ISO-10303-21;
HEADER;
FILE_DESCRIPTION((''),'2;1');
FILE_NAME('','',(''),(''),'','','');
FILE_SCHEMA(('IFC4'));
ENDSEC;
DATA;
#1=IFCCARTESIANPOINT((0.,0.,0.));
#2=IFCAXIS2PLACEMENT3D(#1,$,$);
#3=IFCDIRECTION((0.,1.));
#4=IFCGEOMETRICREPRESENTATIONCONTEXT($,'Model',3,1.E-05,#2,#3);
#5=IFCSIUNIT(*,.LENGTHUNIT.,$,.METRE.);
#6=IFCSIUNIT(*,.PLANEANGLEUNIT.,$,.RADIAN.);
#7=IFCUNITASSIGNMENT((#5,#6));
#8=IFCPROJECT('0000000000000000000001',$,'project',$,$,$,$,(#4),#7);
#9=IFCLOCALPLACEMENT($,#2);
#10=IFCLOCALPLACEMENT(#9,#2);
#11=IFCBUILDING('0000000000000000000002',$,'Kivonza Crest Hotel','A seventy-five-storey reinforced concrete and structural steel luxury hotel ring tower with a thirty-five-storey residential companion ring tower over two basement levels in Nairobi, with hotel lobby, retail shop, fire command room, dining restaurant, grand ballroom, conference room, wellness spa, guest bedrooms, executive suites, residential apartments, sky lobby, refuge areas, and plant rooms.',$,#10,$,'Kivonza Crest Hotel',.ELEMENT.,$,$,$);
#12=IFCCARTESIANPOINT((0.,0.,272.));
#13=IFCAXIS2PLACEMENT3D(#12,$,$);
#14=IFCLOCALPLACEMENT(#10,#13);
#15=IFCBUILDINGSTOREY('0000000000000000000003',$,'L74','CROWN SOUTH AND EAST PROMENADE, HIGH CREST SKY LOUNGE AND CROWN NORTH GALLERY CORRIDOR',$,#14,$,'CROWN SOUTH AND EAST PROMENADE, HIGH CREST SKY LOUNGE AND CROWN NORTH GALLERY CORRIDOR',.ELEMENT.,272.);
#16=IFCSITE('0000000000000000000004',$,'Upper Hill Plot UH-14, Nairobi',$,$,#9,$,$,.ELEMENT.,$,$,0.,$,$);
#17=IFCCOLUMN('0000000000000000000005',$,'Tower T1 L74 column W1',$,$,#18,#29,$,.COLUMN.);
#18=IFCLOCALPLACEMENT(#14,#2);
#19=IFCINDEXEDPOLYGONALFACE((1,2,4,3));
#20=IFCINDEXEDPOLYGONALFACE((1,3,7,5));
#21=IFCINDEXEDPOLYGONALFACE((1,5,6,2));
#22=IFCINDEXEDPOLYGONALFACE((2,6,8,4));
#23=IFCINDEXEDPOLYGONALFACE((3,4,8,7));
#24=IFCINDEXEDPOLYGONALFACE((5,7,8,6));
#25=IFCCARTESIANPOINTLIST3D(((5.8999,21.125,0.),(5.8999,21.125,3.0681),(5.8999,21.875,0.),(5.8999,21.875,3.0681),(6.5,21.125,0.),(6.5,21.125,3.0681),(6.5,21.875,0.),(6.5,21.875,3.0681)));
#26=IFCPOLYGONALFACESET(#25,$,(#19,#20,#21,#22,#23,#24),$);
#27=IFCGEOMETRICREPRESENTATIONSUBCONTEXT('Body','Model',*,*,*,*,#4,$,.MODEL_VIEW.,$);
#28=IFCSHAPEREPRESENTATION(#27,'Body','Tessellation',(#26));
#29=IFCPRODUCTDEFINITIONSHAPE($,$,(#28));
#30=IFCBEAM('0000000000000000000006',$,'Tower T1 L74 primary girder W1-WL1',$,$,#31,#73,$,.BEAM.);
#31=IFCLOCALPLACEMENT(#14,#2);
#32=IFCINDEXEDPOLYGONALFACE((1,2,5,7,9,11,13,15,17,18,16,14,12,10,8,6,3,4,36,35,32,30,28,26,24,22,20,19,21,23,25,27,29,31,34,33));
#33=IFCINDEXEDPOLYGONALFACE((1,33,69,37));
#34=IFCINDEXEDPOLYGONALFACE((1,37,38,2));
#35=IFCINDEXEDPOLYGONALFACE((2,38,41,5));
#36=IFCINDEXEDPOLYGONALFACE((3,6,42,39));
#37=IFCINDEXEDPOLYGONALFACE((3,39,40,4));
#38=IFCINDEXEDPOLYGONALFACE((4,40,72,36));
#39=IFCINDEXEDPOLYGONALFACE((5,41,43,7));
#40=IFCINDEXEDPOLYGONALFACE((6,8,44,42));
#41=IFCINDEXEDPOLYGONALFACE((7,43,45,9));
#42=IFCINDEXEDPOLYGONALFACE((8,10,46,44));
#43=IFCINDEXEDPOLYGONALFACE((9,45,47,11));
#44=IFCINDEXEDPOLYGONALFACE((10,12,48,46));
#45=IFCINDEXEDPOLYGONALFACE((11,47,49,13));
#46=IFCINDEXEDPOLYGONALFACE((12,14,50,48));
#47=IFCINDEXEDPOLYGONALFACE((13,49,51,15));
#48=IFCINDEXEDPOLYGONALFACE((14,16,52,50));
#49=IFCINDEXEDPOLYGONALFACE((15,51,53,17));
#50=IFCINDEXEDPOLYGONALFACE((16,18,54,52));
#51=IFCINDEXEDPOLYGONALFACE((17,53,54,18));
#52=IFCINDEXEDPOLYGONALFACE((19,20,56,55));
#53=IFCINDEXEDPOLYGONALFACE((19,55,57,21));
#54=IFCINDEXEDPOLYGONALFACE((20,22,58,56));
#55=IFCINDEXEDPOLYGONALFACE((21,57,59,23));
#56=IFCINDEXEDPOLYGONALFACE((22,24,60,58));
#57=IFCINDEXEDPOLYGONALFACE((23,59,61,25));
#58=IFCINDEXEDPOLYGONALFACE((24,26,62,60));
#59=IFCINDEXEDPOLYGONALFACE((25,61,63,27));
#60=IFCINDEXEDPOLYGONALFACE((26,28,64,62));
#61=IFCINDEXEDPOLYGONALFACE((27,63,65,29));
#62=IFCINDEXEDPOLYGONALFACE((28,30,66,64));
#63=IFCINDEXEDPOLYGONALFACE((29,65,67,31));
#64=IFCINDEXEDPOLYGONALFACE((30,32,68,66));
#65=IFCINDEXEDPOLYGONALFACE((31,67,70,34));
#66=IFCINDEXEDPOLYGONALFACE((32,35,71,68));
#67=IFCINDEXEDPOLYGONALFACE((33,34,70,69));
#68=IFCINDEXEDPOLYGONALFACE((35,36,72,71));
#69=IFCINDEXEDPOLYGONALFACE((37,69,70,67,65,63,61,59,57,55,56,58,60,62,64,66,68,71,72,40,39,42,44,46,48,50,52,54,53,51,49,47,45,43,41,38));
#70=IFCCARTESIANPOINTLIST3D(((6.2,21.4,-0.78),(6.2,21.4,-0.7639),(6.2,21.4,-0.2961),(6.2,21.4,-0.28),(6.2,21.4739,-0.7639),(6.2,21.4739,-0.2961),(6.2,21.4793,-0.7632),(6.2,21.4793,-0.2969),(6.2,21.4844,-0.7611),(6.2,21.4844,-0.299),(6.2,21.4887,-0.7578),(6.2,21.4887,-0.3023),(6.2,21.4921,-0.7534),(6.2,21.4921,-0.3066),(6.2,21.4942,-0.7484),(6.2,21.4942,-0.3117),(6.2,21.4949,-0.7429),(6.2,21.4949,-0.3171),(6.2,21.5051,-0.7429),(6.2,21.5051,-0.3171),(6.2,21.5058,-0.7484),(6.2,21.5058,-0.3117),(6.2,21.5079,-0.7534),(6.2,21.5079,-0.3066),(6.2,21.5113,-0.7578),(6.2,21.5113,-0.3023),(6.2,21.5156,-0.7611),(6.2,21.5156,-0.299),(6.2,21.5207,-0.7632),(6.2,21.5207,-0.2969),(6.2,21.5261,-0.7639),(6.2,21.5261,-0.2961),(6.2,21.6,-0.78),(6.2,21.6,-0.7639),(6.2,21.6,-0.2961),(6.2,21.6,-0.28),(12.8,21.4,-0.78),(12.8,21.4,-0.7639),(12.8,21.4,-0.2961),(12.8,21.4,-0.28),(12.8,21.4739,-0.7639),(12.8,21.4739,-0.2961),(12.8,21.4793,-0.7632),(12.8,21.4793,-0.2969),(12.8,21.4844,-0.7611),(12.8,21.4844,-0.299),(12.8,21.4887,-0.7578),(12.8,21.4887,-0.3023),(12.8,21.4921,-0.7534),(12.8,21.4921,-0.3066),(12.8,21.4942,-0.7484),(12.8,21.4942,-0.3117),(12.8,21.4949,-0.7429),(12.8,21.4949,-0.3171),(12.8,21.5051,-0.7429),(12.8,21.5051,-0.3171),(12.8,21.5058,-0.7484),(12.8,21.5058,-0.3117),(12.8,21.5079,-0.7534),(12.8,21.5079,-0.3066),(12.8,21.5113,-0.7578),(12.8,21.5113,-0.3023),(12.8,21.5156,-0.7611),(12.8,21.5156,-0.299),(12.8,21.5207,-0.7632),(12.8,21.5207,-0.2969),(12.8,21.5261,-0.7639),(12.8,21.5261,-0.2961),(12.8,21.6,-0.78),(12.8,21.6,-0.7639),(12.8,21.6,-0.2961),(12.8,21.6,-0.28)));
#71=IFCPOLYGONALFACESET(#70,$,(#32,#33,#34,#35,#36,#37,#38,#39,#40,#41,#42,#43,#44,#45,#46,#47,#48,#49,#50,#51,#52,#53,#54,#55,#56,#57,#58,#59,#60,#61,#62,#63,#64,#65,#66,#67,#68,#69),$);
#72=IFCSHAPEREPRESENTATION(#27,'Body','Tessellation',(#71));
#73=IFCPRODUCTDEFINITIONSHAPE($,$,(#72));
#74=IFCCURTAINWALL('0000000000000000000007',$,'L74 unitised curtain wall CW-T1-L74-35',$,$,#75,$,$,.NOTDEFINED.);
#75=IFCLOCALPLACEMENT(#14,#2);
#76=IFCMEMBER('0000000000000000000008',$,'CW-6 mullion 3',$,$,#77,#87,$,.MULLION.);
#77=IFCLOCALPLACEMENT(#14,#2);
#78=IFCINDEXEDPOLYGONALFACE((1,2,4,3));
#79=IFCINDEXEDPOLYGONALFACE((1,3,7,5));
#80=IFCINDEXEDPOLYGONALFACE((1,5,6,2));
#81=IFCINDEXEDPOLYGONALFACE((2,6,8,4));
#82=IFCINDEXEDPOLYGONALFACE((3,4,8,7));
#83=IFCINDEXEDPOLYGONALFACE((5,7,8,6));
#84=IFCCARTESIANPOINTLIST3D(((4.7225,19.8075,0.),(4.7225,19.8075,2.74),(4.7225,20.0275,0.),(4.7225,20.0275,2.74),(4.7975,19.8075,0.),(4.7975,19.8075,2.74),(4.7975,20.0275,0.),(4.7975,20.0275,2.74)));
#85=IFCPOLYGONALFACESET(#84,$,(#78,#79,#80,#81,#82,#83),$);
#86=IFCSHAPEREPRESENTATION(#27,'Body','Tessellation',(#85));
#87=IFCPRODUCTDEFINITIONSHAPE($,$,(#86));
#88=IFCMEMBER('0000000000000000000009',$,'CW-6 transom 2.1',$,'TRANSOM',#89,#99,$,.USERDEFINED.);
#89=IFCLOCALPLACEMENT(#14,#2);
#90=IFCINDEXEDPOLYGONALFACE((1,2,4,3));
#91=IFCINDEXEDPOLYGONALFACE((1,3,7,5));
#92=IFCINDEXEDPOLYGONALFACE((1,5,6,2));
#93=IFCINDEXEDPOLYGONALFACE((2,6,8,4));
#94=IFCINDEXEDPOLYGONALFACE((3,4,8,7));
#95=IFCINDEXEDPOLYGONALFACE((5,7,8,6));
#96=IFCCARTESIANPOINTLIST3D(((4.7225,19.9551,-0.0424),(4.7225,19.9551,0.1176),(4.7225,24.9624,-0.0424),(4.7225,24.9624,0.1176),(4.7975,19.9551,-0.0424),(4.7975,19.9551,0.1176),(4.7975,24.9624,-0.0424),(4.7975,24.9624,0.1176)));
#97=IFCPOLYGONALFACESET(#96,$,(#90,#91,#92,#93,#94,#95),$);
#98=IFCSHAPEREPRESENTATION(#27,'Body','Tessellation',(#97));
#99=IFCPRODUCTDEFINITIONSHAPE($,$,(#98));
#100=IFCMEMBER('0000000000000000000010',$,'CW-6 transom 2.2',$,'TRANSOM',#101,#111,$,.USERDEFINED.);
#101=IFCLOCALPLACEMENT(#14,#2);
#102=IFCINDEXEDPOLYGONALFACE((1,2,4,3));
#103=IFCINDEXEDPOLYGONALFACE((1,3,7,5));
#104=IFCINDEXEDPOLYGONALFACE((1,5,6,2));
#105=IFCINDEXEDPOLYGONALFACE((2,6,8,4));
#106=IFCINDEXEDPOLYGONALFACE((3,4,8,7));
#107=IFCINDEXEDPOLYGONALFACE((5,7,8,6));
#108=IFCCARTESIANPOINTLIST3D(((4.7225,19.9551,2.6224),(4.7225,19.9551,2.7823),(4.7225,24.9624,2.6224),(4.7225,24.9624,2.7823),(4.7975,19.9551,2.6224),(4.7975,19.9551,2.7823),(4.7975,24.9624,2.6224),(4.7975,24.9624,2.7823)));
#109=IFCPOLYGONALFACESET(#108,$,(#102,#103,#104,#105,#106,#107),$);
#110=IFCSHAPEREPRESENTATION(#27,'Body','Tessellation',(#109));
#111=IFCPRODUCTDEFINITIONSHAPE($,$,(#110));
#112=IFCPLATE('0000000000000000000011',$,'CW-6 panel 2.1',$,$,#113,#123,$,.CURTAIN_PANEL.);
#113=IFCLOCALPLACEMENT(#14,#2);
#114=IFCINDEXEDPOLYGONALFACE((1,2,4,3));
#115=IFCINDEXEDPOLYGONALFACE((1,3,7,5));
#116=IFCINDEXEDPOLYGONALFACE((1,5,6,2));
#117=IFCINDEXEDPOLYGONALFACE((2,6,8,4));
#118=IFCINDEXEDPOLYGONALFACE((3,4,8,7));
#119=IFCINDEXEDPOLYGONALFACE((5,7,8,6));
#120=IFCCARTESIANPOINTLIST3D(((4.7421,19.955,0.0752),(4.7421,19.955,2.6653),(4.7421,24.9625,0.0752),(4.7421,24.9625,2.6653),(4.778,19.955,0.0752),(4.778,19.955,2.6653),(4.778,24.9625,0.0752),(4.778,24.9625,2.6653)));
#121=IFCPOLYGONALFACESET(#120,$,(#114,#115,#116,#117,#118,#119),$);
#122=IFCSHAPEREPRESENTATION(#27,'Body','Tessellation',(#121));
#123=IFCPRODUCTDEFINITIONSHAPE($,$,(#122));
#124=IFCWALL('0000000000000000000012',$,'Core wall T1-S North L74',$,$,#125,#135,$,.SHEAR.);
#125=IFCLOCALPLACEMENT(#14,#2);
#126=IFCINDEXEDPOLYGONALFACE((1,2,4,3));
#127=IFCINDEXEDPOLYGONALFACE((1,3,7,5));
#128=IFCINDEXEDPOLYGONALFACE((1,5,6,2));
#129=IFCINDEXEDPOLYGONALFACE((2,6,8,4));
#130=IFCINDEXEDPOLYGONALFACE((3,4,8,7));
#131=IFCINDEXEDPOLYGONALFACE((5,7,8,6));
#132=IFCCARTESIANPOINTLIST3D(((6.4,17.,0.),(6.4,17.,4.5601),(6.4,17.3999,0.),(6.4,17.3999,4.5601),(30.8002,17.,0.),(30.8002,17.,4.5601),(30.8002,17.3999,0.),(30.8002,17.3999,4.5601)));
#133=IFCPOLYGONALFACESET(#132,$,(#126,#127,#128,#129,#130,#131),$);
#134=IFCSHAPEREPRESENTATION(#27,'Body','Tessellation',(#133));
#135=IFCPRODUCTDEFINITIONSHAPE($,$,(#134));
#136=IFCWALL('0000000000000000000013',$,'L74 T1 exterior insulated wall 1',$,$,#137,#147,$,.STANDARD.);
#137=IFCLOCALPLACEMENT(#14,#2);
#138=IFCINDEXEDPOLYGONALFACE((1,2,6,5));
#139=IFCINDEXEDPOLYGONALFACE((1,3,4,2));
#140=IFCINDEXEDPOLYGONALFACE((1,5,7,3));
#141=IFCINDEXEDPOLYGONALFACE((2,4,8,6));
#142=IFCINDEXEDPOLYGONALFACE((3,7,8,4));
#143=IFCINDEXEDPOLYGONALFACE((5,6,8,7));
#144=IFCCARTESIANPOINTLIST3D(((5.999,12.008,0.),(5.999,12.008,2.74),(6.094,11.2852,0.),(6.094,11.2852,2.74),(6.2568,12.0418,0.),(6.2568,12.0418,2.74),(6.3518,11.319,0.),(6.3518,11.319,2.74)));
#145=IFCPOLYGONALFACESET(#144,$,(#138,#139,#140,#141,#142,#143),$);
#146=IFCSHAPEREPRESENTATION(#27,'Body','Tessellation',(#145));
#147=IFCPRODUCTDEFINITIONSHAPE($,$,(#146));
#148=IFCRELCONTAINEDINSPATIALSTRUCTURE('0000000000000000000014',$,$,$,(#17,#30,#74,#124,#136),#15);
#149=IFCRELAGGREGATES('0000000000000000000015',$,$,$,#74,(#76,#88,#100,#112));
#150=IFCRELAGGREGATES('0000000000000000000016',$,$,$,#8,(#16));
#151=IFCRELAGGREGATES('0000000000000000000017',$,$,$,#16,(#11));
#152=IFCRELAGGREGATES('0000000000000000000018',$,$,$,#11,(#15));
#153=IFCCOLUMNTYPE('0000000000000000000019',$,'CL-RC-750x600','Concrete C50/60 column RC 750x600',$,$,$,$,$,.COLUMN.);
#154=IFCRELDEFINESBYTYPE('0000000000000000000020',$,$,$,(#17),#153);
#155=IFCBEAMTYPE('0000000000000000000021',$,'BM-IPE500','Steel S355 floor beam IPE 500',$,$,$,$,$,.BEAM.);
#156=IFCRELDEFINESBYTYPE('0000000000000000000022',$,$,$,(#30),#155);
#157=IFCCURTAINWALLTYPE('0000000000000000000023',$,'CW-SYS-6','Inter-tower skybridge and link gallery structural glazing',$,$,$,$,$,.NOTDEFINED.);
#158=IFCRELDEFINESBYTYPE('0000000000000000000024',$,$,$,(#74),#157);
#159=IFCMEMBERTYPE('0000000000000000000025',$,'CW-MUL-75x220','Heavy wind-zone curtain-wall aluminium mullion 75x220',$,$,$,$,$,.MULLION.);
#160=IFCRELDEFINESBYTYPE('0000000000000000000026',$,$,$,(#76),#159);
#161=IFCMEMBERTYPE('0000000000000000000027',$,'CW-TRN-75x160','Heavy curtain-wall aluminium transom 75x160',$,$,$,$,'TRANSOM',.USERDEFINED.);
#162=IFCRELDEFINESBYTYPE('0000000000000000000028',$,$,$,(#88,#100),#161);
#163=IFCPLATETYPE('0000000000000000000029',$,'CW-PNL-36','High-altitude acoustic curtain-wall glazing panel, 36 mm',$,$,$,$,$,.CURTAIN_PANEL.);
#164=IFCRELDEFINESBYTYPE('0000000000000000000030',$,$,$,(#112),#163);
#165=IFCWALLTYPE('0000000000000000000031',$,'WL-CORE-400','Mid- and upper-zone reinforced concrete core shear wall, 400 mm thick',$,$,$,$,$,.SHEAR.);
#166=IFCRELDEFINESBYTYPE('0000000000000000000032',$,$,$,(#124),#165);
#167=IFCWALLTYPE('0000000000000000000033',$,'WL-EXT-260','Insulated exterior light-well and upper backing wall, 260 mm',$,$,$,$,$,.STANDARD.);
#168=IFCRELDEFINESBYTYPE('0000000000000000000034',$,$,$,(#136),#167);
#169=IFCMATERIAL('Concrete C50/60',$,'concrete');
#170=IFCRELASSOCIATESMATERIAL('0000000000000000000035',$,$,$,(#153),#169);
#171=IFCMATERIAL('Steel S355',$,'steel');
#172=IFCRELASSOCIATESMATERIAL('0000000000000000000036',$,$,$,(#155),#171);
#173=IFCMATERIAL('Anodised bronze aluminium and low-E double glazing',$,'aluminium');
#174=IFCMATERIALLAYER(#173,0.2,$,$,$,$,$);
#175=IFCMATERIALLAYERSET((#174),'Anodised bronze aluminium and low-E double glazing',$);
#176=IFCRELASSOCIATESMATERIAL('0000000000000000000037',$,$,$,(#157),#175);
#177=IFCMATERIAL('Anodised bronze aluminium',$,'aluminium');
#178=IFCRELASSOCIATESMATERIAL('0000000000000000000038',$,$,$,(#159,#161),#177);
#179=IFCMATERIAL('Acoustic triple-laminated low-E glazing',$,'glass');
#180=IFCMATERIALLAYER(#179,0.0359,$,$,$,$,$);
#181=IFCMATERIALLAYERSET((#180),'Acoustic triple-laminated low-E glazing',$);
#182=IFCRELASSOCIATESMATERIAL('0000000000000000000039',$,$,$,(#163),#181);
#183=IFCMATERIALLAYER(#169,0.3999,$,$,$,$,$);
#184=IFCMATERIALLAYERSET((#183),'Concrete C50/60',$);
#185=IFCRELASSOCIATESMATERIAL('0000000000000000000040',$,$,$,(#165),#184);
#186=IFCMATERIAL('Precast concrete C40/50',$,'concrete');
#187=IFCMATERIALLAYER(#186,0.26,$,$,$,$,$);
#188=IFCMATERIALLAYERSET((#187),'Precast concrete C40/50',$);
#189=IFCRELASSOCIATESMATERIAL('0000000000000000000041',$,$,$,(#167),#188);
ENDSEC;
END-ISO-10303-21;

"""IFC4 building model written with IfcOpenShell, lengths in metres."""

from ifc_helpers import new_model, si_unit, direction, frame, frame_2d, origin, origin_2d, place, context, subcontext, project, spatial, rectangle, i_section, extrude, material, layer, layer_set, material_profile, profile_set, type_object, element, aggregate, save


model = new_model("IFC4")

# Units and contexts
model_context = context("Model", 3, precision=1e-05, world=origin(), true_north=direction((0.0, 1.0)))
body_context = subcontext(model_context, "Body", "Model", "MODEL_VIEW")
ifc_project = project(units=[si_unit("LENGTHUNIT", "METRE"), si_unit("PLANEANGLEUNIT", "RADIAN")], contexts=[model_context])

# Site, building, storey
site_placement = place(None, origin())
site = spatial("IfcSite", under=ifc_project, at=site_placement, Name="Upper Hill Plot UH-14, Nairobi", CompositionType="ELEMENT", RefElevation=0.0)
building_placement = place(site_placement, origin())
building = spatial("IfcBuilding", under=site, at=building_placement, Name="Kivonza Crest Hotel", Description="A seventy-five-storey reinforced concrete and structural steel luxury hotel ring tower with a thirty-five-storey residential companion ring tower over two basement levels in Nairobi, with hotel lobby, retail shop, fire command room, dining restaurant, grand ballroom, conference room, wellness spa, guest bedrooms, executive suites, residential apartments, sky lobby, refuge areas, and plant rooms.", LongName="Kivonza Crest Hotel", CompositionType="ELEMENT")
storey_placement = place(building_placement, frame((0.0, 0.0, 272.0)))
storey = spatial("IfcBuildingStorey", under=building, at=storey_placement, Name="L74", Description="CROWN SOUTH AND EAST PROMENADE, HIGH CREST SKY LOUNGE AND CROWN NORTH GALLERY CORRIDOR", LongName="CROWN SOUTH AND EAST PROMENADE, HIGH CREST SKY LOUNGE AND CROWN NORTH GALLERY CORRIDOR", CompositionType="ELEMENT", Elevation=272.0)

# Column
ifc_material_1 = material(Name="Concrete C50/60", Category="concrete")
ifc_material_profile_1 = material_profile(ifc_material_1, rectangle(XDim=0.6001, YDim=0.75, at=origin_2d()), Name="RC 750x600")
ifc_profile_set_1 = profile_set([ifc_material_profile_1], Name="Concrete C50/60")
column_type = type_object("IfcColumnType", Name="CL-RC-750x600", Description="Concrete C50/60 column RC 750x600", PredefinedType="COLUMN", material=ifc_profile_set_1)
column_placement = place(storey_placement, frame((6.2, 21.5, 0.0), z_axis=(0.0, 0.0, 1.0), x_axis=(1.0, 0.0, 0.0)))
element("IfcColumn", 1, at=column_placement, inside=storey, type_object=column_type, Name="Tower T1 L74 column W1", PredefinedType="COLUMN", context=body_context, shape_type="SweptSolid", body=[
    extrude(rectangle(XDim=0.6001, YDim=0.75, at=origin_2d()), origin(), (0.0, 0.0, 1.0), 3.0681),
])

# Beam
ifc_material_2 = material(Name="Steel S355", Category="steel")
ifc_material_profile_2 = material_profile(ifc_material_2, i_section(OverallWidth=0.2, OverallDepth=0.5, WebThickness=0.0103, FlangeThickness=0.0161, FilletRadius=0.021, at=origin_2d()), Name="IPE 500")
ifc_profile_set_2 = profile_set([ifc_material_profile_2], Name="Steel S355")
beam_type = type_object("IfcBeamType", Name="BM-IPE500", Description="Steel S355 floor beam IPE 500", PredefinedType="BEAM", material=ifc_profile_set_2)
beam_placement = place(storey_placement, frame((6.2, 21.5, -0.53), z_axis=(1.0, 0.0, 0.0), x_axis=(0.0, 1.0, 0.0)))
element("IfcBeam", 2, at=beam_placement, inside=storey, type_object=beam_type, Name="Tower T1 L74 primary girder W1-WL1", PredefinedType="BEAM", context=body_context, shape_type="SweptSolid", body=[
    extrude(i_section(OverallWidth=0.2, OverallDepth=0.5, WebThickness=0.0103, FlangeThickness=0.0161, FilletRadius=0.021, at=origin_2d()), origin(), (0.0, 0.0, 1.0), 6.6001),
])

# Curtain wall, members, plate
ifc_material_3 = material(Name="Anodised bronze aluminium and low-E double glazing", Category="aluminium")
ifc_layer_1 = layer(ifc_material_3, 0.2)
ifc_layer_set_1 = layer_set([ifc_layer_1], Name="Anodised bronze aluminium and low-E double glazing")
curtain_wall_type = type_object("IfcCurtainWallType", Name="CW-SYS-6", Description="Inter-tower skybridge and link gallery structural glazing", PredefinedType="NOTDEFINED", material=ifc_layer_set_1)
curtain_wall_placement = place(storey_placement, origin())
curtain_wall = element("IfcCurtainWall", 3, at=curtain_wall_placement, inside=storey, type_object=curtain_wall_type, Name="L74 unitised curtain wall CW-T1-L74-35", PredefinedType="NOTDEFINED")
ifc_material_4 = material(Name="Anodised bronze aluminium", Category="aluminium")
ifc_material_profile_3 = material_profile(ifc_material_4, rectangle(XDim=0.075, YDim=0.22, at=origin_2d()), Name="CW-M 75x220")
ifc_profile_set_3 = profile_set([ifc_material_profile_3], Name="Anodised bronze aluminium")
member_type_1 = type_object("IfcMemberType", Name="CW-MUL-75x220", Description="Heavy wind-zone curtain-wall aluminium mullion 75x220", PredefinedType="MULLION", material=ifc_profile_set_3)
member_1_placement = place(storey_placement, frame((4.76, 19.9175, 0.0), z_axis=(0.0, 0.0, 1.0), x_axis=(1.0, 0.0, 0.0)))
member_1 = element("IfcMember", 4, at=member_1_placement, type_object=member_type_1, Name="CW-6 mullion 3", PredefinedType="MULLION", context=body_context, shape_type="SweptSolid", body=[
    extrude(rectangle(XDim=0.075, YDim=0.22, at=origin_2d()), origin(), (0.0, 0.0, 1.0), 2.74),
])
ifc_material_profile_4 = material_profile(ifc_material_4, rectangle(XDim=0.075, YDim=0.1599, at=origin_2d()), Name="CW-T 75x160")
ifc_profile_set_4 = profile_set([ifc_material_profile_4], Name="Anodised bronze aluminium")
member_type_2 = type_object("IfcMemberType", Name="CW-TRN-75x160", Description="Heavy curtain-wall aluminium transom 75x160", ElementType="TRANSOM", PredefinedType="USERDEFINED", material=ifc_profile_set_4)
member_2_placement = place(storey_placement, frame((4.76, 24.9624, 0.0376), z_axis=(0.0, -1.0, 0.0), x_axis=(1.0, 0.0, 0.0)))
member_2 = element("IfcMember", 5, at=member_2_placement, type_object=member_type_2, Name="CW-6 transom 2.1", ObjectType="TRANSOM", PredefinedType="USERDEFINED", context=body_context, shape_type="SweptSolid", body=[
    extrude(rectangle(XDim=0.075, YDim=0.1599, at=origin_2d()), origin(), (0.0, 0.0, 1.0), 5.0073),
])
member_3_placement = place(storey_placement, frame((4.76, 24.9624, 2.7024), z_axis=(0.0, -1.0, 0.0), x_axis=(1.0, 0.0, 0.0)))
member_3 = element("IfcMember", 6, at=member_3_placement, type_object=member_type_2, Name="CW-6 transom 2.2", ObjectType="TRANSOM", PredefinedType="USERDEFINED", context=body_context, shape_type="SweptSolid", body=[
    extrude(rectangle(XDim=0.075, YDim=0.1599, at=origin_2d()), origin(), (0.0, 0.0, 1.0), 5.0073),
])
ifc_material_5 = material(Name="Acoustic triple-laminated low-E glazing", Category="glass")
ifc_layer_2 = layer(ifc_material_5, 0.0359)
ifc_layer_set_2 = layer_set([ifc_layer_2], Name="Acoustic triple-laminated low-E glazing")
plate_type = type_object("IfcPlateType", Name="CW-PNL-36", Description="High-altitude acoustic curtain-wall glazing panel, 36 mm", PredefinedType="CURTAIN_PANEL", material=ifc_layer_set_2)
plate_placement = place(storey_placement, frame((4.76, 22.4587, 0.0752), z_axis=(0.0, 0.0, 1.0), x_axis=(0.0, -1.0, 0.0)))
plate = element("IfcPlate", 7, at=plate_placement, type_object=plate_type, Name="CW-6 panel 2.1", PredefinedType="CURTAIN_PANEL", context=body_context, shape_type="SweptSolid", body=[
    extrude(rectangle(XDim=5.0076, YDim=0.0359, at=origin_2d()), origin(), (0.0, 0.0, 1.0), 2.5901),
])
aggregate(curtain_wall, [member_1, member_2, member_3, plate])

# Shared definitions
ifc_layer_3 = layer(ifc_material_1, 0.3999)
ifc_layer_set_3 = layer_set([ifc_layer_3], Name="Concrete C50/60")
wall_type_1 = type_object("IfcWallType", Name="WL-CORE-400", Description="Mid- and upper-zone reinforced concrete core shear wall, 400 mm thick", PredefinedType="SHEAR", material=ifc_layer_set_3)

# Walls
wall_1_placement = place(storey_placement, frame((6.3999, 17.2, 0.0), z_axis=(0.0, 0.0, 1.0), x_axis=(1.0, 0.0, 0.0)))
element("IfcWall", 8, at=wall_1_placement, inside=storey, type_object=wall_type_1, Name="Core wall T1-S North L74", PredefinedType="SHEAR", context=body_context, shape_type="SweptSolid", body=[
    extrude(rectangle(XDim=24.4001, YDim=0.3999, at=frame_2d((12.2002, 0.0))), origin(), (0.0, 0.0, 1.0), 4.5601),
])
ifc_material_6 = material(Name="Precast concrete C40/50", Category="concrete")
ifc_layer_4 = layer(ifc_material_6, 0.26)
ifc_layer_set_4 = layer_set([ifc_layer_4], Name="Precast concrete C40/50")
wall_type_2 = type_object("IfcWallType", Name="WL-EXT-260", Description="Insulated exterior light-well and upper backing wall, 260 mm", PredefinedType="STANDARD", material=ifc_layer_set_4)
wall_2_placement = place(storey_placement, frame((6.1279, 12.0249, 0.0), z_axis=(0.0, 0.0, 1.0), x_axis=(0.130255, -0.99148, 0.0)))
element("IfcWall", 9, at=wall_2_placement, inside=storey, type_object=wall_type_2, Name="L74 T1 exterior insulated wall 1", PredefinedType="STANDARD", context=body_context, shape_type="SweptSolid", body=[
    extrude(rectangle(XDim=0.729, YDim=0.26, at=frame_2d((0.3645, 0.0))), origin(), (0.0, 0.0, 1.0), 2.74),
])

save(model, "model.ifc")
